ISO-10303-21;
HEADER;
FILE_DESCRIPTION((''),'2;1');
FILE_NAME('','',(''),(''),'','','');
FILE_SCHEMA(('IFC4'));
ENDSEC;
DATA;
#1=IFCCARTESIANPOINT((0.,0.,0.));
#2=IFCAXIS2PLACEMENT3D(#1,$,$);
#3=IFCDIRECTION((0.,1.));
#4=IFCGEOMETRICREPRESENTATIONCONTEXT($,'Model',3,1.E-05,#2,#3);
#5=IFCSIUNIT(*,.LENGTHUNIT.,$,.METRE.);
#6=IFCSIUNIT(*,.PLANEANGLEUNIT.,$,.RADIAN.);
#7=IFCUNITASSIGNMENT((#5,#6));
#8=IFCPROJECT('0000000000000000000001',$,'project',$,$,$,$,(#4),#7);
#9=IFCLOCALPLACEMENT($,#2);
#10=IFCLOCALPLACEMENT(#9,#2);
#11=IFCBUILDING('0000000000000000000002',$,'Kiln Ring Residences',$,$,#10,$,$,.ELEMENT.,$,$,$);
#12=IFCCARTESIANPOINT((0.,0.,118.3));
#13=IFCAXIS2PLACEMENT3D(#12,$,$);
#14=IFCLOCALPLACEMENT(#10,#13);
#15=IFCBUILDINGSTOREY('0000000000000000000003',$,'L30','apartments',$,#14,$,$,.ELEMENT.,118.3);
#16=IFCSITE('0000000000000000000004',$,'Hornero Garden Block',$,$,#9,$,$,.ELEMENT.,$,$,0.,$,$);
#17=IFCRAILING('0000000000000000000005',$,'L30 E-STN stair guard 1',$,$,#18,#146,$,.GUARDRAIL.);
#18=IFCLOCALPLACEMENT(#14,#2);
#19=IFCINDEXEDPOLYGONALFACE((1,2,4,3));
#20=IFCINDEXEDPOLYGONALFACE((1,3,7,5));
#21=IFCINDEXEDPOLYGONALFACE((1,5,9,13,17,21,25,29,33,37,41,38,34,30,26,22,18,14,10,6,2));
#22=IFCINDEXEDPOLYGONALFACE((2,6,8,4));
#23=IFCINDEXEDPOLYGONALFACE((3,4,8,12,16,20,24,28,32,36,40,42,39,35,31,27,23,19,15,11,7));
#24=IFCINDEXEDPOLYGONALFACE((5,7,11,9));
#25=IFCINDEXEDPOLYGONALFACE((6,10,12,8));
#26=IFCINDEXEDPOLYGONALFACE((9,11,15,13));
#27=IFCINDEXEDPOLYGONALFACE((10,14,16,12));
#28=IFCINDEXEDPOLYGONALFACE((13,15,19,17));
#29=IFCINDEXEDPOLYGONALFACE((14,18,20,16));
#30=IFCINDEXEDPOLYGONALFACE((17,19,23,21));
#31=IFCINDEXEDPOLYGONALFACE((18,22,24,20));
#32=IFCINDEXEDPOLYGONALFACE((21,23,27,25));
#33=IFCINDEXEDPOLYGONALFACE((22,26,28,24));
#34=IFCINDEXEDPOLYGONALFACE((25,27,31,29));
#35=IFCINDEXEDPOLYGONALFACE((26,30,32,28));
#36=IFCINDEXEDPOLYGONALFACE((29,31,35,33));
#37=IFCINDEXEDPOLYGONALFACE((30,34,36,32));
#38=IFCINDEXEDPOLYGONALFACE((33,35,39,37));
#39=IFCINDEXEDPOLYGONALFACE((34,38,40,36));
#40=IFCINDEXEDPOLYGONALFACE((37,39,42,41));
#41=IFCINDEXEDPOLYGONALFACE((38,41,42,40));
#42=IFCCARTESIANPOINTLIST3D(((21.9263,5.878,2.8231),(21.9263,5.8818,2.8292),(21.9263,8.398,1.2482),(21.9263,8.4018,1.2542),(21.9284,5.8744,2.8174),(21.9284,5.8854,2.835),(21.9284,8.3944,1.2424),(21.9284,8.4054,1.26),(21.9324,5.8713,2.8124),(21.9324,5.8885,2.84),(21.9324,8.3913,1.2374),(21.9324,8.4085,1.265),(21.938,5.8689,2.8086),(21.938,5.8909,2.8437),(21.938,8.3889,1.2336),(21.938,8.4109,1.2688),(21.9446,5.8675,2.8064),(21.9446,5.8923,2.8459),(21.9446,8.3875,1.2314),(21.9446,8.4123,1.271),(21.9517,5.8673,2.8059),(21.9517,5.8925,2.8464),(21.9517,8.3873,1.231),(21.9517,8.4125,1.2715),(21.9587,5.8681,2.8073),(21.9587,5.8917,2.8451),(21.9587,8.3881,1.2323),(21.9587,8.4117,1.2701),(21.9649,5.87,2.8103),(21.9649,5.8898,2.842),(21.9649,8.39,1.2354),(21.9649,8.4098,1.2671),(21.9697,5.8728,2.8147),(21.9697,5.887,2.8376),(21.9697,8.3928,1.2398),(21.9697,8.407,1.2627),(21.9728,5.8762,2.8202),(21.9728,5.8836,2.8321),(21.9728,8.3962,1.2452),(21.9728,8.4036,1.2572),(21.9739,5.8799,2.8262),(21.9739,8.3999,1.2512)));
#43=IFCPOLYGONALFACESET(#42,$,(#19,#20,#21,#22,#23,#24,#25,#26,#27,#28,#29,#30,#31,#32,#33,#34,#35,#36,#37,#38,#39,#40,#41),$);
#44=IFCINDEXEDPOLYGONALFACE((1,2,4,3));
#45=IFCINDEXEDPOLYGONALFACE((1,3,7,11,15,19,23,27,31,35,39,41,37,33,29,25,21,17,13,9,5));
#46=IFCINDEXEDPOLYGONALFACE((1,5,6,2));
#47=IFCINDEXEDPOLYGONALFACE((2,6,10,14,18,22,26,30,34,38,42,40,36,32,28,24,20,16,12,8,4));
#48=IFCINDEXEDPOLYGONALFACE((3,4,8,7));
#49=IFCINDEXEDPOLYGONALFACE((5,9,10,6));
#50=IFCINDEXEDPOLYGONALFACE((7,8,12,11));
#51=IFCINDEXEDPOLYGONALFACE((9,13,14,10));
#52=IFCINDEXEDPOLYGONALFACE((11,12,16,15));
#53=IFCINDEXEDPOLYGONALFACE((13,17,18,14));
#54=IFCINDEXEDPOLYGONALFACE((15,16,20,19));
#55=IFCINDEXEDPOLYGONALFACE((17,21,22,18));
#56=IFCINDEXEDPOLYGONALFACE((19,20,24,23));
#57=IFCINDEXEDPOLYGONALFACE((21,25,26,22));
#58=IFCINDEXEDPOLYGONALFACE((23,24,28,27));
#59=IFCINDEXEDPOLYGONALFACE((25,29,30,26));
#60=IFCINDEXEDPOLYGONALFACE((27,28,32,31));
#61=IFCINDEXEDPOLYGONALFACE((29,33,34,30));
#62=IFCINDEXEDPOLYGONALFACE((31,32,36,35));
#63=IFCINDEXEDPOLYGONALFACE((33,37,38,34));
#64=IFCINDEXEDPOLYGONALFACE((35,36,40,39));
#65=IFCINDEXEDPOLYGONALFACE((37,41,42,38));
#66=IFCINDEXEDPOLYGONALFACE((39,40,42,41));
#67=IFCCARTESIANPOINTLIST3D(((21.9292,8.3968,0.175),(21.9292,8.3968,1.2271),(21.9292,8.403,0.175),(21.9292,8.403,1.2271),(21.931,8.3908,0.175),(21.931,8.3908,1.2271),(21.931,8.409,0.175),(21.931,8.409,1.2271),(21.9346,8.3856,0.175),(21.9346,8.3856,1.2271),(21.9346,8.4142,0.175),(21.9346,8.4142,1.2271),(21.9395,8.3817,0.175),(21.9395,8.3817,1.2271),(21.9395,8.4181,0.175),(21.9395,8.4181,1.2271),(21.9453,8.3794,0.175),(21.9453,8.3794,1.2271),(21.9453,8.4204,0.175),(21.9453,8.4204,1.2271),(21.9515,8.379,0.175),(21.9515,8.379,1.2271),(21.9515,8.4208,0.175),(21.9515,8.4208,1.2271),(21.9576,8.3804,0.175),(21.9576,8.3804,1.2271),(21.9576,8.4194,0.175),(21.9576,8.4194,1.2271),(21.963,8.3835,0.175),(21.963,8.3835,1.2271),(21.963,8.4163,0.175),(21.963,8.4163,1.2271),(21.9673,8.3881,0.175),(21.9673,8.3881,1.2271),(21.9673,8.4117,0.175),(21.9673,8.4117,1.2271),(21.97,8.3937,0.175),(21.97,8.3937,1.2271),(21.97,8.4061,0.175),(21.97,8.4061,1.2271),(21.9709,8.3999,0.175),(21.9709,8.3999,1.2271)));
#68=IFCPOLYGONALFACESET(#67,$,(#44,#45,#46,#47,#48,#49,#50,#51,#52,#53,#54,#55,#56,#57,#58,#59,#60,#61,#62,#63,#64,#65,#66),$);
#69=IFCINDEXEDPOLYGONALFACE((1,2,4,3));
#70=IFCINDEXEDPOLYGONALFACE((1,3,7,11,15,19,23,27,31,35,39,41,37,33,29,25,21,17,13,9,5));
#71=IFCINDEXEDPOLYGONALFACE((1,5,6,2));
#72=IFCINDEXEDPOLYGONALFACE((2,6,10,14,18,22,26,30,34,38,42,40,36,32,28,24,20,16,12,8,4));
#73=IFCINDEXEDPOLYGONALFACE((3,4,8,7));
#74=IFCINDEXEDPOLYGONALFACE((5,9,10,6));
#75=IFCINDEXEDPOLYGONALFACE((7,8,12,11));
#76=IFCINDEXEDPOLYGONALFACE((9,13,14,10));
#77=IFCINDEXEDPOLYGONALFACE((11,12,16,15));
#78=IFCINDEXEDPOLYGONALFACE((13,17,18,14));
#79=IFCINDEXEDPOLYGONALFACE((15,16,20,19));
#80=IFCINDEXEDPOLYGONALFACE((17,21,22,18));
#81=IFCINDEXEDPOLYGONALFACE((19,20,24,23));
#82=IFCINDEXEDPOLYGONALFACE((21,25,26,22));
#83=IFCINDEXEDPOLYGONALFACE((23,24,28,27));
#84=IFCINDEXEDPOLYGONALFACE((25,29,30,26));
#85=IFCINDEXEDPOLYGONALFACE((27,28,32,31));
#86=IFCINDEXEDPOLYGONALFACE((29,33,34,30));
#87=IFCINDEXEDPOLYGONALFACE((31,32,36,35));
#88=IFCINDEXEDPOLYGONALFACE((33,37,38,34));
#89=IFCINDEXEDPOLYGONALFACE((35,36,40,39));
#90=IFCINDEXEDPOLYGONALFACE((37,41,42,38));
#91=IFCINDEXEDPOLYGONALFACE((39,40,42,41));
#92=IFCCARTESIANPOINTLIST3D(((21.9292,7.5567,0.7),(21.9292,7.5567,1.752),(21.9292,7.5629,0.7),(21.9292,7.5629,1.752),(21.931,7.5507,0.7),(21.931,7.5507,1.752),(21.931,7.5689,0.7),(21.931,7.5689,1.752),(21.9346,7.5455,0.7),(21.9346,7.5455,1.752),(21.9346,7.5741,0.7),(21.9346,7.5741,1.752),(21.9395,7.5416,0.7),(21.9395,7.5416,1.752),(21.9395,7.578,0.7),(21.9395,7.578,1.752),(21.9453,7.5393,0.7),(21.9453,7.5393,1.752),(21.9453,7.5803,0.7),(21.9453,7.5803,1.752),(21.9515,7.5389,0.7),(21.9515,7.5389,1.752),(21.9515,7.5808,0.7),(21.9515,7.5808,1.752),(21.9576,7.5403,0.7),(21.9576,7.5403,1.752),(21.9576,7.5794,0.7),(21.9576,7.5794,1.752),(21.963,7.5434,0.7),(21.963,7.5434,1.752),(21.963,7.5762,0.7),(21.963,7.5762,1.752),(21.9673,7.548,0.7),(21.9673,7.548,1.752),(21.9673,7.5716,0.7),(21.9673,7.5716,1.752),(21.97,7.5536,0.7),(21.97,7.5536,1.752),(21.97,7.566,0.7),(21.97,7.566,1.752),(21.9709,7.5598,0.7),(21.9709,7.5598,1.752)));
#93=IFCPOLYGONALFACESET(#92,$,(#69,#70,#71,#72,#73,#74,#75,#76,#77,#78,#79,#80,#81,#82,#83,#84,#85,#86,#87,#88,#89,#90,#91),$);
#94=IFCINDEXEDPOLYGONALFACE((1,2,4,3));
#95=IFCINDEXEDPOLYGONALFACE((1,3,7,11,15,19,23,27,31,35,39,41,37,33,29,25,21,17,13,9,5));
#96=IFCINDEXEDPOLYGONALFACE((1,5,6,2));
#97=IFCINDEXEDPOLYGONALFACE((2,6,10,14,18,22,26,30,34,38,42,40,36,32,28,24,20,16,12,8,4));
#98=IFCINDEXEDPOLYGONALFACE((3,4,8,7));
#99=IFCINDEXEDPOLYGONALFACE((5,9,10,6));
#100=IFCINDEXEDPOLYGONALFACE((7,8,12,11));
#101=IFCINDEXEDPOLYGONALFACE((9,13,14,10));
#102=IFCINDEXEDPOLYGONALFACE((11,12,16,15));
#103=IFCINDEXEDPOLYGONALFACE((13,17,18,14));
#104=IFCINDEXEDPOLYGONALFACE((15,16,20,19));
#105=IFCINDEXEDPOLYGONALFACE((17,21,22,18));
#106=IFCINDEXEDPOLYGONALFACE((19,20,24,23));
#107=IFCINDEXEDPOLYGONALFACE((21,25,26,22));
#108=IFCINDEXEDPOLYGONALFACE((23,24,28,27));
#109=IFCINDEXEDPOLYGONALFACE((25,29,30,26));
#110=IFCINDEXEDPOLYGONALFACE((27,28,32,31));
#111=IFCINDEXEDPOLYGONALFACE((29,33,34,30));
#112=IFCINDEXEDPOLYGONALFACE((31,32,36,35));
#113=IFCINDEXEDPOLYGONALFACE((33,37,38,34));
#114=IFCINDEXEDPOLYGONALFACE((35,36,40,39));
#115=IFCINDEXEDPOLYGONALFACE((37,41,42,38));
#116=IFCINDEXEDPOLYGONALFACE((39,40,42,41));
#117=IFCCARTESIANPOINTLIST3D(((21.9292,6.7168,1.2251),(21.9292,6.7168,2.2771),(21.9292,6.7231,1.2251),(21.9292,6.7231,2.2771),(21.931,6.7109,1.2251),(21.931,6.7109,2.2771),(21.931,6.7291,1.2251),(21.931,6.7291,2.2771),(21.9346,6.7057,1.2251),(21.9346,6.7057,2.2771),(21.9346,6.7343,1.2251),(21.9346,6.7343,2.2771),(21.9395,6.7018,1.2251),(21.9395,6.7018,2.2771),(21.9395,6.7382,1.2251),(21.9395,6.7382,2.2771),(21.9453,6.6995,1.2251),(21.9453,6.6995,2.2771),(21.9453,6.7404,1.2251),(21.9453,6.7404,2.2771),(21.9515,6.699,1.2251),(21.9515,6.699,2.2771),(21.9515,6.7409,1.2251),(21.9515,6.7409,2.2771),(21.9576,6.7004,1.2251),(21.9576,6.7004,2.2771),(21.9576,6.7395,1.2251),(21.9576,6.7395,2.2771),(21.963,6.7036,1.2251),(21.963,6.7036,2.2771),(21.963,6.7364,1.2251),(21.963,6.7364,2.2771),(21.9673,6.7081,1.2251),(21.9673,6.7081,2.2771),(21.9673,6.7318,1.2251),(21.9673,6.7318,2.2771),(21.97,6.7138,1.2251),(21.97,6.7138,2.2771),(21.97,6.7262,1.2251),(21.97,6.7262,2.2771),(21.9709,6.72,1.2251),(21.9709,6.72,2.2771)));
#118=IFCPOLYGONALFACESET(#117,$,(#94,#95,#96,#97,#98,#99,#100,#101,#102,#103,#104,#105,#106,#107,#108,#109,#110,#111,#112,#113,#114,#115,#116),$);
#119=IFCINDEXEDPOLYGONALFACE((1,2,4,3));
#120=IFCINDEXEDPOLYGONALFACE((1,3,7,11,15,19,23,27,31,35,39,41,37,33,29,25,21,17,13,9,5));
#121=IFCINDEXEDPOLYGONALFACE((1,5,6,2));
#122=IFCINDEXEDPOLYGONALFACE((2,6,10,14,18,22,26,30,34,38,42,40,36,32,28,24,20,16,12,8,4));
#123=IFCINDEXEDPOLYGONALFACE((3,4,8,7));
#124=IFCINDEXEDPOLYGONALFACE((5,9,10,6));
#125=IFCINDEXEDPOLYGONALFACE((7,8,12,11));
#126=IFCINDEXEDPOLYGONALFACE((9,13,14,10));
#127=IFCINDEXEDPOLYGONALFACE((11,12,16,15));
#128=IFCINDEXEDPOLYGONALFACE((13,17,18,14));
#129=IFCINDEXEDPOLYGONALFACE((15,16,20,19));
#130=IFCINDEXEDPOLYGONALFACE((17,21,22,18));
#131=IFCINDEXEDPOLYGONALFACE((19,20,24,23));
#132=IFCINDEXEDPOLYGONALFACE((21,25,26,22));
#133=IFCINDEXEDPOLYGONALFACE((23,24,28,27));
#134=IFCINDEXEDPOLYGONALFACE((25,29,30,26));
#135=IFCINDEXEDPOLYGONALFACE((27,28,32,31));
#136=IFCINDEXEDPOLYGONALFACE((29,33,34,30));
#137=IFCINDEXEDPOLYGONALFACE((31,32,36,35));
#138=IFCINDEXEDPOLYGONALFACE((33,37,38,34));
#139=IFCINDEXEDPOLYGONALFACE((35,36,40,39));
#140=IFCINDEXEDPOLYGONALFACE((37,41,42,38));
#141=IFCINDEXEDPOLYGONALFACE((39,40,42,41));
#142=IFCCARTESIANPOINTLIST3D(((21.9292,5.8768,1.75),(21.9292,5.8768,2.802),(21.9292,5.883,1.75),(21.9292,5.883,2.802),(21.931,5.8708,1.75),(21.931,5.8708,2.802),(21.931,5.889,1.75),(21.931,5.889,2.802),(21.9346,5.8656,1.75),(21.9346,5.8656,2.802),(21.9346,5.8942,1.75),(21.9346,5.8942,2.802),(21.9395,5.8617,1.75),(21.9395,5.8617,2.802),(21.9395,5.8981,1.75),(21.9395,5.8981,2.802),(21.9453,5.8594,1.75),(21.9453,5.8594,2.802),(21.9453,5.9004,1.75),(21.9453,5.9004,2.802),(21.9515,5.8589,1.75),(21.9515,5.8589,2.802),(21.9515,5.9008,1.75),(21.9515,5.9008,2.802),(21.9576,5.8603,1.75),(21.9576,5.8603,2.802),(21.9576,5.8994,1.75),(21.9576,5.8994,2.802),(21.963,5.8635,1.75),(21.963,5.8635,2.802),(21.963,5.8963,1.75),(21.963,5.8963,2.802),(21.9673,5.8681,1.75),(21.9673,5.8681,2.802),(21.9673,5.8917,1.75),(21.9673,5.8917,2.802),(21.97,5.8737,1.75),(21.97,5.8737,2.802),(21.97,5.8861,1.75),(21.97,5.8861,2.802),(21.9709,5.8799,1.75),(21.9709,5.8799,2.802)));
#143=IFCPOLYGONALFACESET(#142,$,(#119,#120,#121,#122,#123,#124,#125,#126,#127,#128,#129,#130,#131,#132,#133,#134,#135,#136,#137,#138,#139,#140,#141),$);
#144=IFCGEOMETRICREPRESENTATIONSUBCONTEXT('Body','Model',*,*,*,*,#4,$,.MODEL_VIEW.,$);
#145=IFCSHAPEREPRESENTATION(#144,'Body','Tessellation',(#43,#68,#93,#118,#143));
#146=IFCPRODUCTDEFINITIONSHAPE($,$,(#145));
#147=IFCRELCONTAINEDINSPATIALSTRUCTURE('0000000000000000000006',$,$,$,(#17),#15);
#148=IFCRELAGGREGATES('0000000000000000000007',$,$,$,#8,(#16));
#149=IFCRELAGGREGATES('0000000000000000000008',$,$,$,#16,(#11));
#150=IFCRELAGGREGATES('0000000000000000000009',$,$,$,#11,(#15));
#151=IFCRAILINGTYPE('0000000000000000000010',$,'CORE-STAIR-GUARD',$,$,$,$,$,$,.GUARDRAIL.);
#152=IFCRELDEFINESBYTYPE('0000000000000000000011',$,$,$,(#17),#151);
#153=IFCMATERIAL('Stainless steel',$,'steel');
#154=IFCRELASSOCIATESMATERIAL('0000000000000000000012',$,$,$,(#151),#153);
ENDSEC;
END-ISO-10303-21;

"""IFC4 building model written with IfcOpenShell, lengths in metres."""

from ifc_helpers import new_model, si_unit, direction, frame, origin, origin_2d, place, context, subcontext, project, spatial, circle, extrude, material, type_object, element, save


model = new_model("IFC4")

# Units and contexts
model_context = context("Model", 3, precision=1e-05, world=origin(), true_north=direction((0.0, 1.0)))
body_context = subcontext(model_context, "Body", "Model", "MODEL_VIEW")
ifc_project = project(units=[si_unit("LENGTHUNIT", "METRE"), si_unit("PLANEANGLEUNIT", "RADIAN")], contexts=[model_context])

# Site, building, storey
site_placement = place(None, origin())
site = spatial("IfcSite", under=ifc_project, at=site_placement, Name="Hornero Garden Block", CompositionType="ELEMENT", RefElevation=0.0)
building_placement = place(site_placement, origin())
building = spatial("IfcBuilding", under=site, at=building_placement, Name="Kiln Ring Residences", CompositionType="ELEMENT")
storey_placement = place(building_placement, frame((0.0, 0.0, 118.3)))
storey = spatial("IfcBuildingStorey", under=building, at=storey_placement, Name="L30", Description="apartments", CompositionType="ELEMENT", Elevation=118.3)

# Railing
ifc_material_1 = material(Name="Stainless steel", Category="steel")
railing_type = type_object("IfcRailingType", Name="CORE-STAIR-GUARD", PredefinedType="GUARDRAIL", material=ifc_material_1)
railing_1_placement = place(storey_placement, frame((21.95, 8.3999, 0.175)))
element("IfcRailing", 1, at=railing_1_placement, inside=storey, type_object=railing_type, Name="L30 E-STN stair guard 1", PredefinedType="GUARDRAIL", context=body_context, shape_type="SweptSolid", body=[
    extrude(circle(Radius=0.0239, at=origin_2d()), frame((0.0, 0.0, 1.0762), z_axis=(0.0, -0.848008, 0.529984), x_axis=(1.0, 0.0, 0.0)), (0.0, 0.0, 1.0), 2.9717),
    extrude(circle(Radius=0.021, at=origin_2d()), origin(), (0.0, 0.0, 1.0), 1.052),
    extrude(circle(Radius=0.021, at=origin_2d()), frame((0.0, -0.8401, 0.5249)), (0.0, 0.0, 1.0), 1.052),
    extrude(circle(Radius=0.021, at=origin_2d()), frame((0.0, -1.6799, 1.05)), (0.0, 0.0, 1.0), 1.052),
    extrude(circle(Radius=0.021, at=origin_2d()), frame((0.0, -2.52, 1.575)), (0.0, 0.0, 1.0), 1.052),
])

save(model, "model.ifc")
